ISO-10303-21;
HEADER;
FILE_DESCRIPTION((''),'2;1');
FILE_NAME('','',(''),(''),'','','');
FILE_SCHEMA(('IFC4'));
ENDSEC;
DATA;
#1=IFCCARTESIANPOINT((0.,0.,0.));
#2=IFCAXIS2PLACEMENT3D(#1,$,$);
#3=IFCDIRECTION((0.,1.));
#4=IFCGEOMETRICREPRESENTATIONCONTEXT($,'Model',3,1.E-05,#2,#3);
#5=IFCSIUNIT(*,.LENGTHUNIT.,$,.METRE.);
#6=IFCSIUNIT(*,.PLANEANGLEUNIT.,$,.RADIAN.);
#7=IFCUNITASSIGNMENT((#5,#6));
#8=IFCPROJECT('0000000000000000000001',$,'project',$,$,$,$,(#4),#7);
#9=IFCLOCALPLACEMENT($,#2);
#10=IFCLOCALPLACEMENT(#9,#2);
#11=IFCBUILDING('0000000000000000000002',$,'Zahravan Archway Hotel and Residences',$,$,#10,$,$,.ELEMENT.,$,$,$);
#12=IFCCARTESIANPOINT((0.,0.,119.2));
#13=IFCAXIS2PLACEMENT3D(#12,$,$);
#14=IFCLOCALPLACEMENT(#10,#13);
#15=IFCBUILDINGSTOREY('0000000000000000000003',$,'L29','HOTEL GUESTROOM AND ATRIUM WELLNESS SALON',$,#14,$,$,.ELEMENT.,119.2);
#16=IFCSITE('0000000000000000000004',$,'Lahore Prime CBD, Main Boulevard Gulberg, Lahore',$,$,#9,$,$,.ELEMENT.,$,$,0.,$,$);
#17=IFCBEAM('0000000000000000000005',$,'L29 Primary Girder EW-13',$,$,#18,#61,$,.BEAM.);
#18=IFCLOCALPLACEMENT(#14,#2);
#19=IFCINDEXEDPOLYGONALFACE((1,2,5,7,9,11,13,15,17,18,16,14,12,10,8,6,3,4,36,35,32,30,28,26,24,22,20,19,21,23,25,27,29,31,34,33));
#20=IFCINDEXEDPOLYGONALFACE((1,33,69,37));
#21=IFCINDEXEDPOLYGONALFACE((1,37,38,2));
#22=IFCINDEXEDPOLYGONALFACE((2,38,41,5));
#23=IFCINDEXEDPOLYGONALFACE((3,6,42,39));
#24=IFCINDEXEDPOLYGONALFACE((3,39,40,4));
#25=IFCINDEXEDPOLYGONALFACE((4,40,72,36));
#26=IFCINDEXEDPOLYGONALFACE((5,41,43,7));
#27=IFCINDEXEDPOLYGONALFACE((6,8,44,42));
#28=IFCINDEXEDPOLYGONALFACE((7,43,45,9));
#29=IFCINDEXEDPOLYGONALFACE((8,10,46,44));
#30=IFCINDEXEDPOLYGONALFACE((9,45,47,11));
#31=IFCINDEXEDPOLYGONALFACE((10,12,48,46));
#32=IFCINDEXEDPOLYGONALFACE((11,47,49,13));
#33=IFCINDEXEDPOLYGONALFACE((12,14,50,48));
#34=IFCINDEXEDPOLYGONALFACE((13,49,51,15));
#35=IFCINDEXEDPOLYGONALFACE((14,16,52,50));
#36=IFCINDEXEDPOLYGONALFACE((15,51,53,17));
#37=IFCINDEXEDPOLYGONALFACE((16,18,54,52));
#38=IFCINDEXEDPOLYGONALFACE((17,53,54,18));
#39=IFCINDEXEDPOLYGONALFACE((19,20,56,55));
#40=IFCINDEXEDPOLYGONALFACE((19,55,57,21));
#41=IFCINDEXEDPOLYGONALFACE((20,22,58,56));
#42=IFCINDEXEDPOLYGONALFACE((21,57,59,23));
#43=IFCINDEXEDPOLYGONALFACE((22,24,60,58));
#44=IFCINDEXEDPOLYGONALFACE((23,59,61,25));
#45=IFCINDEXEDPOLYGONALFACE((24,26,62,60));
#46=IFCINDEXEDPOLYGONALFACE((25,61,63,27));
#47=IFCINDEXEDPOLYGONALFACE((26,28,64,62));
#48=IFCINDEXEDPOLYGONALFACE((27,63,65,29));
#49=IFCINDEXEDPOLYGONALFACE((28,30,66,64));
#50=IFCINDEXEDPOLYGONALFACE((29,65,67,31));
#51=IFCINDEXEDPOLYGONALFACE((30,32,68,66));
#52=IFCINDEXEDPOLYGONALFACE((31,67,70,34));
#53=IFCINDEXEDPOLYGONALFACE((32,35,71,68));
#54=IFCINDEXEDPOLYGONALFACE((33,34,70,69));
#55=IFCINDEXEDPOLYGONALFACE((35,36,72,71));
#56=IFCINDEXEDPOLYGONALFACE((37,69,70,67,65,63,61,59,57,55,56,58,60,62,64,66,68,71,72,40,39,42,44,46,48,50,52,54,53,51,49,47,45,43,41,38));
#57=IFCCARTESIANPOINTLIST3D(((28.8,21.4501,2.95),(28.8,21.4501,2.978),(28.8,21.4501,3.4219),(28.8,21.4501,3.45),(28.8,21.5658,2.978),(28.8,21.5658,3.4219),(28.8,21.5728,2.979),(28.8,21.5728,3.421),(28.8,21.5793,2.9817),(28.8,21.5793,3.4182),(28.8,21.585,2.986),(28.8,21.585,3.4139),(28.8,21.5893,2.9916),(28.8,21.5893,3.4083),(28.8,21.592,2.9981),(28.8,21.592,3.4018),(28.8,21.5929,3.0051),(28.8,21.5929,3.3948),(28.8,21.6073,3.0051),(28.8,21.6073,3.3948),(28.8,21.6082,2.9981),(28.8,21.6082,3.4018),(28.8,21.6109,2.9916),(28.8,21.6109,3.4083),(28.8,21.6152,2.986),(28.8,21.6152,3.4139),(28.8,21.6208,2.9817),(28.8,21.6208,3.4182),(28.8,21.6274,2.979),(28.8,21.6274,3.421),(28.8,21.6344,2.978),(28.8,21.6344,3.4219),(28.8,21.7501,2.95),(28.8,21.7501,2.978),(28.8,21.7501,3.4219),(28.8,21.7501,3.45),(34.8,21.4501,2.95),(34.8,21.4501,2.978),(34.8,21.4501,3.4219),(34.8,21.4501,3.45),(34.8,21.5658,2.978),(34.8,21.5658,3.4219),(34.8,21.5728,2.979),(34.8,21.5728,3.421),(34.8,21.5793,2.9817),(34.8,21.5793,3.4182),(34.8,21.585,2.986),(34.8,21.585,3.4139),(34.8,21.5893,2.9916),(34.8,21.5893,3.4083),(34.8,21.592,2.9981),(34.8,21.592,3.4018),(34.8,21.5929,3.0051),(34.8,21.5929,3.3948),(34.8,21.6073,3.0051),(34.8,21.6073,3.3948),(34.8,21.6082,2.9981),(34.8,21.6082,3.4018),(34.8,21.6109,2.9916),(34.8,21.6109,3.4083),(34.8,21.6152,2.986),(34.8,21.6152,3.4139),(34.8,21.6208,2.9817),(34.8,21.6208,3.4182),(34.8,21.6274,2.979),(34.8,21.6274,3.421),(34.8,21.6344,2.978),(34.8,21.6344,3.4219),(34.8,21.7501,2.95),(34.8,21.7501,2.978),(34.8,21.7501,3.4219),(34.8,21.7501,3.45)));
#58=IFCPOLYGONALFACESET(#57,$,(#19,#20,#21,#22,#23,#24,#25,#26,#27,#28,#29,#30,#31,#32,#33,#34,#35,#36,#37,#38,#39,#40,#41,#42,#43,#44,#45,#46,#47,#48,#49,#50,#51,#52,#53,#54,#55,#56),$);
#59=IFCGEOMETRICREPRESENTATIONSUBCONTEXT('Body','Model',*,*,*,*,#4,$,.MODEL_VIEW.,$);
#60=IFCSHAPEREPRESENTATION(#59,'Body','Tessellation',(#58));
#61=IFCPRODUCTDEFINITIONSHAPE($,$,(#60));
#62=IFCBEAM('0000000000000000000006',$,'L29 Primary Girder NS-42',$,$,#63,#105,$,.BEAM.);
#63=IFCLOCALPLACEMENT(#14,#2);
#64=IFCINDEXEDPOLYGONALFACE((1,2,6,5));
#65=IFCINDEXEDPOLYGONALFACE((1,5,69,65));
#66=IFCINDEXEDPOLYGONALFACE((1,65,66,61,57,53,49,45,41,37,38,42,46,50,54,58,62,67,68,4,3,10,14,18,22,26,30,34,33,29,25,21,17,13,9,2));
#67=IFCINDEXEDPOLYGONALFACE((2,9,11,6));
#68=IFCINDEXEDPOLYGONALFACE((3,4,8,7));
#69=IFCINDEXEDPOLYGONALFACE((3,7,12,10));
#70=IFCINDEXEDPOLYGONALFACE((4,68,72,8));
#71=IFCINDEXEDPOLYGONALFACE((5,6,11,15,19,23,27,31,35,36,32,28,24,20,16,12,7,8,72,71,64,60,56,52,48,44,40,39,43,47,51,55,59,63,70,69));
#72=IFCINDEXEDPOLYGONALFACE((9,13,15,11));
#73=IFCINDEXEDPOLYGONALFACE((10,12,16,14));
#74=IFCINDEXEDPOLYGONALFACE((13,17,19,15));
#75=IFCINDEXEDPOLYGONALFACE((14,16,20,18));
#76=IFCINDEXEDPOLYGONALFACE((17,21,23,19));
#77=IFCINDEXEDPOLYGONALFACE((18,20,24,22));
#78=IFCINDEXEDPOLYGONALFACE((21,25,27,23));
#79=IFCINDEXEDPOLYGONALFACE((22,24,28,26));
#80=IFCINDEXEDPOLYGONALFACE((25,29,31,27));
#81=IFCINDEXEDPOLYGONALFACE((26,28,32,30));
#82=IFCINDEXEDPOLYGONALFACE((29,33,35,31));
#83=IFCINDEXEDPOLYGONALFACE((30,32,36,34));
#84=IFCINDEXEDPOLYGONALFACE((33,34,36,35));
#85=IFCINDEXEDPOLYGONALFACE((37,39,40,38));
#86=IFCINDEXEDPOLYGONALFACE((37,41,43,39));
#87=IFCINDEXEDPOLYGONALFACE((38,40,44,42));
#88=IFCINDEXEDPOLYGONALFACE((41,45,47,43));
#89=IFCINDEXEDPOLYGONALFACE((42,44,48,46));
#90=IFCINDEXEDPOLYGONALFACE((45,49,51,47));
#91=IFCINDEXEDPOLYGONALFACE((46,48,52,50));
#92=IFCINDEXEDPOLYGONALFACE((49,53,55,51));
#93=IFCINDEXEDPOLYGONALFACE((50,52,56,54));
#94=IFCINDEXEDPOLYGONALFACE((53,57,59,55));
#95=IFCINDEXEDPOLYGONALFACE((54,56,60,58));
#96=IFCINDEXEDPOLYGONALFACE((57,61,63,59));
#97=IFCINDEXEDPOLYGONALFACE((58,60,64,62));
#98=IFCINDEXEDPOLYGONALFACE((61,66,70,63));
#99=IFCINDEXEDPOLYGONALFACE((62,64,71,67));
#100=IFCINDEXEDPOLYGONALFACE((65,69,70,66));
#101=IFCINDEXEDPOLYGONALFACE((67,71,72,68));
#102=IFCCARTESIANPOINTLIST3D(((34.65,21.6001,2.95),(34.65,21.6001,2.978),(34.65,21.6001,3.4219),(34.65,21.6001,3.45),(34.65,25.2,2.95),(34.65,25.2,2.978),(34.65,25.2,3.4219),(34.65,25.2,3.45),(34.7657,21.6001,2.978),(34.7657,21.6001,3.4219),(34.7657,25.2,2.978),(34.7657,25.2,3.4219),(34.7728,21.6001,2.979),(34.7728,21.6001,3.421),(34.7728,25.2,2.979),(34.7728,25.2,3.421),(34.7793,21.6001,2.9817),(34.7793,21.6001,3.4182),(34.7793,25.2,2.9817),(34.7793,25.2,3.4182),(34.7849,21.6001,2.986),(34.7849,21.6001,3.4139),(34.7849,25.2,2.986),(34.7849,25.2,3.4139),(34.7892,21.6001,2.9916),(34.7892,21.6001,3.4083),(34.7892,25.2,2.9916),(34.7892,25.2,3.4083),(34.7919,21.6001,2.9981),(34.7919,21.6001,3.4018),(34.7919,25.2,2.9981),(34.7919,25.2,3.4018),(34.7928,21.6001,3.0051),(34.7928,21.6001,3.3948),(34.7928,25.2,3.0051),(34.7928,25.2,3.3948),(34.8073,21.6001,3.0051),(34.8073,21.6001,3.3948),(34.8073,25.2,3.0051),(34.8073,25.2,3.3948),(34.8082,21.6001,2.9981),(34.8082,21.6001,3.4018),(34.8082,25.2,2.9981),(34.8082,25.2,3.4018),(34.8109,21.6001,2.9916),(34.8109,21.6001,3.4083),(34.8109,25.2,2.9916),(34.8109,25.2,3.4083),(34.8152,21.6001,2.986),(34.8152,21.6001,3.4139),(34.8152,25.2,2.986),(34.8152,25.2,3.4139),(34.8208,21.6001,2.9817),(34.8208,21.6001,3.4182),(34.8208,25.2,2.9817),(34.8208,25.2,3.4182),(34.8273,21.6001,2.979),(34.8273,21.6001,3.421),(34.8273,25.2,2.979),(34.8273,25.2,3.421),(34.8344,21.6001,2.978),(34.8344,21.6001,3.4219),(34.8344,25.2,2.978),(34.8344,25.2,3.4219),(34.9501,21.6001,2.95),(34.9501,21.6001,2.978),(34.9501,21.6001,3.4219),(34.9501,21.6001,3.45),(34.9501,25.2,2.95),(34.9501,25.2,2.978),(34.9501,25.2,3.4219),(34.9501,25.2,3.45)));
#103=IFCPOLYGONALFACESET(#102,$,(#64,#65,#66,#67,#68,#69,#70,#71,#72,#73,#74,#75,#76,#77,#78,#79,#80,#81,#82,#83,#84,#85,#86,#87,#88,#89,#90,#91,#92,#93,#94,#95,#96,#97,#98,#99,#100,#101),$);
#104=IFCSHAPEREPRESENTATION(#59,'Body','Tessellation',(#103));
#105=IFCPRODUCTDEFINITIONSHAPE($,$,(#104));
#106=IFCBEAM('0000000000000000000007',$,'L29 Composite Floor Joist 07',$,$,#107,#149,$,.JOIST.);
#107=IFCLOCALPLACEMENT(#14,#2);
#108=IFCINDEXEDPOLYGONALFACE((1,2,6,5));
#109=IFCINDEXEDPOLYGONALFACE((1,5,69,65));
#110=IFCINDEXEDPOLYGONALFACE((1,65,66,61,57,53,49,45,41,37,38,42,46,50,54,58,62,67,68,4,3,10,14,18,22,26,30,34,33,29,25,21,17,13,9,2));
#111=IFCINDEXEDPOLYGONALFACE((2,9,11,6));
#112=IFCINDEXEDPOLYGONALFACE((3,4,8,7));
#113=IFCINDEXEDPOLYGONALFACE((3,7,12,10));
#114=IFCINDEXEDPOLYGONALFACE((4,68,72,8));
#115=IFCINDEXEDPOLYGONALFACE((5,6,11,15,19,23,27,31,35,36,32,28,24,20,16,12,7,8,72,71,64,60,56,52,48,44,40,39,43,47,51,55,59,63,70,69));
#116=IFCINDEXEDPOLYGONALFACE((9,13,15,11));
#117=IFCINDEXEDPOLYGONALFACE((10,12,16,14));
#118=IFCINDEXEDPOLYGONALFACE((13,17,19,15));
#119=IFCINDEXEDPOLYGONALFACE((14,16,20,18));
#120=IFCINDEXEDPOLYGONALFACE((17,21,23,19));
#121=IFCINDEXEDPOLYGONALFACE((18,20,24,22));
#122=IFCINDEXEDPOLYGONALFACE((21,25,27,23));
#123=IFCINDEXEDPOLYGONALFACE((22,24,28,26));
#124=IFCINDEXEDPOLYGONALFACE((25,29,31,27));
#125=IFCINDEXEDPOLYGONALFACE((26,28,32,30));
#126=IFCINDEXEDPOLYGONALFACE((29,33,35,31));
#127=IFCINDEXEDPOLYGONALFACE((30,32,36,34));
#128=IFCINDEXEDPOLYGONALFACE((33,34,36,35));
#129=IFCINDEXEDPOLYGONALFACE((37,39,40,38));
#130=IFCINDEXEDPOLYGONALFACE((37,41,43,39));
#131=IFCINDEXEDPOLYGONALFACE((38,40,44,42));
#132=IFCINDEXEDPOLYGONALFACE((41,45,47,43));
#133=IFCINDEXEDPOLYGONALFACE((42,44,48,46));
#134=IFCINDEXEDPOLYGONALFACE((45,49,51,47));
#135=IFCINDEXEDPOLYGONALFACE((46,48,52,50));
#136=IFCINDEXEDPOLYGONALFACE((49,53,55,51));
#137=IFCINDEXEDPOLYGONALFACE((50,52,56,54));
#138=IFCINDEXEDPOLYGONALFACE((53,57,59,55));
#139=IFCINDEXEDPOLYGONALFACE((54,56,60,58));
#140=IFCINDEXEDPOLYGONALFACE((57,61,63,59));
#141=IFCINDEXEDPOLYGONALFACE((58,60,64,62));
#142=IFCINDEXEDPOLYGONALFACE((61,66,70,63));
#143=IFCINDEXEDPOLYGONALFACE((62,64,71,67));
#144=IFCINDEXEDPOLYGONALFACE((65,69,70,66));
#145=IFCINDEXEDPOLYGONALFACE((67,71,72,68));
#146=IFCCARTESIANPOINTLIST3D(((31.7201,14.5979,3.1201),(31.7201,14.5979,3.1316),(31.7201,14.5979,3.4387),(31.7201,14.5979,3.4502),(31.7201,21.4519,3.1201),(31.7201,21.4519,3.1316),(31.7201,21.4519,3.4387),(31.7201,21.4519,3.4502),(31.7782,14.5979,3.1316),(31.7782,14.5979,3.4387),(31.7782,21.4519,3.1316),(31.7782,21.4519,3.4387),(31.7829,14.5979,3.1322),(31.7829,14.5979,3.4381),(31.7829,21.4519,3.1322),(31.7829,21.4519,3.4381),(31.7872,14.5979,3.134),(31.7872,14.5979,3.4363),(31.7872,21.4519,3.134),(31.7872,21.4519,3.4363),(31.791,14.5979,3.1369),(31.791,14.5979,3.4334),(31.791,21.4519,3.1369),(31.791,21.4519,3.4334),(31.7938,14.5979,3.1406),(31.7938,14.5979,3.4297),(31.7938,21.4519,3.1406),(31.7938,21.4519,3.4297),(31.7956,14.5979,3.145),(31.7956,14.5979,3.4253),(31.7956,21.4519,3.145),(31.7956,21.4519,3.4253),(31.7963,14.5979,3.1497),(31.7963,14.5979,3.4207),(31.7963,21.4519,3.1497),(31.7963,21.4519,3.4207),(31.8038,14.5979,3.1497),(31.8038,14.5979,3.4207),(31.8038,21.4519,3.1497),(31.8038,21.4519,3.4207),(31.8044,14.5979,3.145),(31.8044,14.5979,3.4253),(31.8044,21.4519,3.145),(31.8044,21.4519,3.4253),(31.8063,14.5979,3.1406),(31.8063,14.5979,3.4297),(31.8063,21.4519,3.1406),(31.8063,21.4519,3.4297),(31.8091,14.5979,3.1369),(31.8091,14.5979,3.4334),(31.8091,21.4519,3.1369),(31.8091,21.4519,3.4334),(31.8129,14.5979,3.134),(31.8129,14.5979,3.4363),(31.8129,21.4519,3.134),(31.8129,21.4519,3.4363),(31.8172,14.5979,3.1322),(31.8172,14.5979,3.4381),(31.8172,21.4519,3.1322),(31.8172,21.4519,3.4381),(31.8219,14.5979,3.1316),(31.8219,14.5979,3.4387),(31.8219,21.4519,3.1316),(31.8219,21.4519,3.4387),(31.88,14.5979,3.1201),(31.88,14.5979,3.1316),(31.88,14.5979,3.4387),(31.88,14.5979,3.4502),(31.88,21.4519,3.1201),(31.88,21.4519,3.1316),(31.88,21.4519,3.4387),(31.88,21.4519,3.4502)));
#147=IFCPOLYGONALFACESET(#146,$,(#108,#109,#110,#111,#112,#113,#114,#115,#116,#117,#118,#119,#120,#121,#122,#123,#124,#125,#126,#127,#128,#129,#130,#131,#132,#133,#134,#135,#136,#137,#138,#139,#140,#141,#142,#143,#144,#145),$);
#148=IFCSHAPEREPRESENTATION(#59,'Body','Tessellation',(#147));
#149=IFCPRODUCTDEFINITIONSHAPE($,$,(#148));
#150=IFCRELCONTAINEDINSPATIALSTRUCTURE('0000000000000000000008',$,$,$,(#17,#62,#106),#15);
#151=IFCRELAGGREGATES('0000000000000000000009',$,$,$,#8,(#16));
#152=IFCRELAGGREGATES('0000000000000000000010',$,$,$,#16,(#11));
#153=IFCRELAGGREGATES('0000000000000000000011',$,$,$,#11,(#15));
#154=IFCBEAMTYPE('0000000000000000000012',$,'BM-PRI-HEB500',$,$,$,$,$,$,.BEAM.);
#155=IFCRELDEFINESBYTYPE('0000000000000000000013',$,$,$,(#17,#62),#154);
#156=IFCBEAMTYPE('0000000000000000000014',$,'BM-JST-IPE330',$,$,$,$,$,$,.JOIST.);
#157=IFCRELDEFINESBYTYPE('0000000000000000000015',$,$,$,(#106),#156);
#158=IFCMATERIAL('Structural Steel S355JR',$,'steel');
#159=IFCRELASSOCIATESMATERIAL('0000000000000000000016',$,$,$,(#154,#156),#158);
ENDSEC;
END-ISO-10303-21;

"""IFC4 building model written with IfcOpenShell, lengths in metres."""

from ifc_helpers import new_model, si_unit, direction, frame, origin, origin_2d, place, context, subcontext, project, spatial, i_section, extrude, source, transform, mapped, material, material_profile, profile_set, type_object, element, save


model = new_model("IFC4")

# Units and contexts
model_context = context("Model", 3, precision=1e-05, world=origin(), true_north=direction((0.0, 1.0)))
body_context = subcontext(model_context, "Body", "Model", "MODEL_VIEW")
ifc_project = project(units=[si_unit("LENGTHUNIT", "METRE"), si_unit("PLANEANGLEUNIT", "RADIAN")], contexts=[model_context])

# Site, building, storey
site_placement = place(None, origin())
site = spatial("IfcSite", under=ifc_project, at=site_placement, Name="Lahore Prime CBD, Main Boulevard Gulberg, Lahore", CompositionType="ELEMENT", RefElevation=0.0)
building_placement = place(site_placement, origin())
building = spatial("IfcBuilding", under=site, at=building_placement, Name="Zahravan Archway Hotel and Residences", CompositionType="ELEMENT")
storey_placement = place(building_placement, frame((0.0, 0.0, 119.2)))
storey = spatial("IfcBuildingStorey", under=building, at=storey_placement, Name="L29", Description="HOTEL GUESTROOM AND ATRIUM WELLNESS SALON", CompositionType="ELEMENT", Elevation=119.2)

# Beams
ifc_material_1 = material(Name="Structural Steel S355JR", Category="steel")
ifc_material_profile_1 = material_profile(ifc_material_1, i_section(OverallWidth=0.3, OverallDepth=0.5, WebThickness=0.0144, FlangeThickness=0.0281, FilletRadius=0.0271, at=origin_2d()), Name="HEB 500", Category="steel")
ifc_profile_set_1 = profile_set([ifc_material_profile_1], Name="Structural Steel S355JR")
beam_type_1 = type_object("IfcBeamType", Name="BM-PRI-HEB500", PredefinedType="BEAM", material=ifc_profile_set_1)
shared_shape_1 = source(origin(), body_context, "Body", "SweptSolid", [
    extrude(i_section(OverallWidth=0.3, OverallDepth=0.5, WebThickness=0.0144, FlangeThickness=0.0281, FilletRadius=0.0271, at=origin_2d()), origin(), (0.0, 0.0, 1.0), 6.0),
])
beam_1_placement = place(storey_placement, frame((28.8, 21.6001, 3.2), z_axis=(1.0, 0.0, 0.0), x_axis=(0.0, 1.0, 0.0)))
element("IfcBeam", 1, at=beam_1_placement, inside=storey, type_object=beam_type_1, Name="L29 Primary Girder EW-13", PredefinedType="BEAM", context=body_context, shape_type="MappedRepresentation", body=[
    mapped(shared_shape_1, transform((0.0, 0.0, 0.0), scale=1.0)),
])
shared_shape_2 = source(origin(), body_context, "Body", "SweptSolid", [
    extrude(i_section(OverallWidth=0.3, OverallDepth=0.5, WebThickness=0.0144, FlangeThickness=0.0281, FilletRadius=0.0271, at=origin_2d()), origin(), (0.0, 0.0, 1.0), 3.5999),
])
beam_2_placement = place(storey_placement, frame((34.8, 21.6001, 3.2), z_axis=(0.0, 1.0, 0.0), x_axis=(-1.0, 0.0, 0.0)))
element("IfcBeam", 2, at=beam_2_placement, inside=storey, type_object=beam_type_1, Name="L29 Primary Girder NS-42", PredefinedType="BEAM", context=body_context, shape_type="MappedRepresentation", body=[
    mapped(shared_shape_2, transform((0.0, 0.0, 0.0), scale=1.0)),
])
ifc_material_profile_2 = material_profile(ifc_material_1, i_section(OverallWidth=0.1599, OverallDepth=0.3301, WebThickness=0.0076, FlangeThickness=0.0115, FilletRadius=0.0181, at=origin_2d()), Name="IPE 330", Category="steel")
ifc_profile_set_2 = profile_set([ifc_material_profile_2], Name="Structural Steel S355JR")
beam_type_2 = type_object("IfcBeamType", Name="BM-JST-IPE330", PredefinedType="JOIST", material=ifc_profile_set_2)
shared_shape_3 = source(origin(), body_context, "Body", "SweptSolid", [
    extrude(i_section(OverallWidth=0.1599, OverallDepth=0.3301, WebThickness=0.0076, FlangeThickness=0.0115, FilletRadius=0.0181, at=origin_2d()), origin(), (0.0, 0.0, 1.0), 6.854),
])
beam_3_placement = place(storey_placement, frame((31.8, 14.5979, 3.2852), z_axis=(0.0, 1.0, 0.0), x_axis=(-1.0, 0.0, 0.0)))
element("IfcBeam", 3, at=beam_3_placement, inside=storey, type_object=beam_type_2, Name="L29 Composite Floor Joist 07", PredefinedType="JOIST", context=body_context, shape_type="MappedRepresentation", body=[
    mapped(shared_shape_3, transform((0.0, 0.0, 0.0), scale=1.0)),
])

save(model, "model.ifc")
